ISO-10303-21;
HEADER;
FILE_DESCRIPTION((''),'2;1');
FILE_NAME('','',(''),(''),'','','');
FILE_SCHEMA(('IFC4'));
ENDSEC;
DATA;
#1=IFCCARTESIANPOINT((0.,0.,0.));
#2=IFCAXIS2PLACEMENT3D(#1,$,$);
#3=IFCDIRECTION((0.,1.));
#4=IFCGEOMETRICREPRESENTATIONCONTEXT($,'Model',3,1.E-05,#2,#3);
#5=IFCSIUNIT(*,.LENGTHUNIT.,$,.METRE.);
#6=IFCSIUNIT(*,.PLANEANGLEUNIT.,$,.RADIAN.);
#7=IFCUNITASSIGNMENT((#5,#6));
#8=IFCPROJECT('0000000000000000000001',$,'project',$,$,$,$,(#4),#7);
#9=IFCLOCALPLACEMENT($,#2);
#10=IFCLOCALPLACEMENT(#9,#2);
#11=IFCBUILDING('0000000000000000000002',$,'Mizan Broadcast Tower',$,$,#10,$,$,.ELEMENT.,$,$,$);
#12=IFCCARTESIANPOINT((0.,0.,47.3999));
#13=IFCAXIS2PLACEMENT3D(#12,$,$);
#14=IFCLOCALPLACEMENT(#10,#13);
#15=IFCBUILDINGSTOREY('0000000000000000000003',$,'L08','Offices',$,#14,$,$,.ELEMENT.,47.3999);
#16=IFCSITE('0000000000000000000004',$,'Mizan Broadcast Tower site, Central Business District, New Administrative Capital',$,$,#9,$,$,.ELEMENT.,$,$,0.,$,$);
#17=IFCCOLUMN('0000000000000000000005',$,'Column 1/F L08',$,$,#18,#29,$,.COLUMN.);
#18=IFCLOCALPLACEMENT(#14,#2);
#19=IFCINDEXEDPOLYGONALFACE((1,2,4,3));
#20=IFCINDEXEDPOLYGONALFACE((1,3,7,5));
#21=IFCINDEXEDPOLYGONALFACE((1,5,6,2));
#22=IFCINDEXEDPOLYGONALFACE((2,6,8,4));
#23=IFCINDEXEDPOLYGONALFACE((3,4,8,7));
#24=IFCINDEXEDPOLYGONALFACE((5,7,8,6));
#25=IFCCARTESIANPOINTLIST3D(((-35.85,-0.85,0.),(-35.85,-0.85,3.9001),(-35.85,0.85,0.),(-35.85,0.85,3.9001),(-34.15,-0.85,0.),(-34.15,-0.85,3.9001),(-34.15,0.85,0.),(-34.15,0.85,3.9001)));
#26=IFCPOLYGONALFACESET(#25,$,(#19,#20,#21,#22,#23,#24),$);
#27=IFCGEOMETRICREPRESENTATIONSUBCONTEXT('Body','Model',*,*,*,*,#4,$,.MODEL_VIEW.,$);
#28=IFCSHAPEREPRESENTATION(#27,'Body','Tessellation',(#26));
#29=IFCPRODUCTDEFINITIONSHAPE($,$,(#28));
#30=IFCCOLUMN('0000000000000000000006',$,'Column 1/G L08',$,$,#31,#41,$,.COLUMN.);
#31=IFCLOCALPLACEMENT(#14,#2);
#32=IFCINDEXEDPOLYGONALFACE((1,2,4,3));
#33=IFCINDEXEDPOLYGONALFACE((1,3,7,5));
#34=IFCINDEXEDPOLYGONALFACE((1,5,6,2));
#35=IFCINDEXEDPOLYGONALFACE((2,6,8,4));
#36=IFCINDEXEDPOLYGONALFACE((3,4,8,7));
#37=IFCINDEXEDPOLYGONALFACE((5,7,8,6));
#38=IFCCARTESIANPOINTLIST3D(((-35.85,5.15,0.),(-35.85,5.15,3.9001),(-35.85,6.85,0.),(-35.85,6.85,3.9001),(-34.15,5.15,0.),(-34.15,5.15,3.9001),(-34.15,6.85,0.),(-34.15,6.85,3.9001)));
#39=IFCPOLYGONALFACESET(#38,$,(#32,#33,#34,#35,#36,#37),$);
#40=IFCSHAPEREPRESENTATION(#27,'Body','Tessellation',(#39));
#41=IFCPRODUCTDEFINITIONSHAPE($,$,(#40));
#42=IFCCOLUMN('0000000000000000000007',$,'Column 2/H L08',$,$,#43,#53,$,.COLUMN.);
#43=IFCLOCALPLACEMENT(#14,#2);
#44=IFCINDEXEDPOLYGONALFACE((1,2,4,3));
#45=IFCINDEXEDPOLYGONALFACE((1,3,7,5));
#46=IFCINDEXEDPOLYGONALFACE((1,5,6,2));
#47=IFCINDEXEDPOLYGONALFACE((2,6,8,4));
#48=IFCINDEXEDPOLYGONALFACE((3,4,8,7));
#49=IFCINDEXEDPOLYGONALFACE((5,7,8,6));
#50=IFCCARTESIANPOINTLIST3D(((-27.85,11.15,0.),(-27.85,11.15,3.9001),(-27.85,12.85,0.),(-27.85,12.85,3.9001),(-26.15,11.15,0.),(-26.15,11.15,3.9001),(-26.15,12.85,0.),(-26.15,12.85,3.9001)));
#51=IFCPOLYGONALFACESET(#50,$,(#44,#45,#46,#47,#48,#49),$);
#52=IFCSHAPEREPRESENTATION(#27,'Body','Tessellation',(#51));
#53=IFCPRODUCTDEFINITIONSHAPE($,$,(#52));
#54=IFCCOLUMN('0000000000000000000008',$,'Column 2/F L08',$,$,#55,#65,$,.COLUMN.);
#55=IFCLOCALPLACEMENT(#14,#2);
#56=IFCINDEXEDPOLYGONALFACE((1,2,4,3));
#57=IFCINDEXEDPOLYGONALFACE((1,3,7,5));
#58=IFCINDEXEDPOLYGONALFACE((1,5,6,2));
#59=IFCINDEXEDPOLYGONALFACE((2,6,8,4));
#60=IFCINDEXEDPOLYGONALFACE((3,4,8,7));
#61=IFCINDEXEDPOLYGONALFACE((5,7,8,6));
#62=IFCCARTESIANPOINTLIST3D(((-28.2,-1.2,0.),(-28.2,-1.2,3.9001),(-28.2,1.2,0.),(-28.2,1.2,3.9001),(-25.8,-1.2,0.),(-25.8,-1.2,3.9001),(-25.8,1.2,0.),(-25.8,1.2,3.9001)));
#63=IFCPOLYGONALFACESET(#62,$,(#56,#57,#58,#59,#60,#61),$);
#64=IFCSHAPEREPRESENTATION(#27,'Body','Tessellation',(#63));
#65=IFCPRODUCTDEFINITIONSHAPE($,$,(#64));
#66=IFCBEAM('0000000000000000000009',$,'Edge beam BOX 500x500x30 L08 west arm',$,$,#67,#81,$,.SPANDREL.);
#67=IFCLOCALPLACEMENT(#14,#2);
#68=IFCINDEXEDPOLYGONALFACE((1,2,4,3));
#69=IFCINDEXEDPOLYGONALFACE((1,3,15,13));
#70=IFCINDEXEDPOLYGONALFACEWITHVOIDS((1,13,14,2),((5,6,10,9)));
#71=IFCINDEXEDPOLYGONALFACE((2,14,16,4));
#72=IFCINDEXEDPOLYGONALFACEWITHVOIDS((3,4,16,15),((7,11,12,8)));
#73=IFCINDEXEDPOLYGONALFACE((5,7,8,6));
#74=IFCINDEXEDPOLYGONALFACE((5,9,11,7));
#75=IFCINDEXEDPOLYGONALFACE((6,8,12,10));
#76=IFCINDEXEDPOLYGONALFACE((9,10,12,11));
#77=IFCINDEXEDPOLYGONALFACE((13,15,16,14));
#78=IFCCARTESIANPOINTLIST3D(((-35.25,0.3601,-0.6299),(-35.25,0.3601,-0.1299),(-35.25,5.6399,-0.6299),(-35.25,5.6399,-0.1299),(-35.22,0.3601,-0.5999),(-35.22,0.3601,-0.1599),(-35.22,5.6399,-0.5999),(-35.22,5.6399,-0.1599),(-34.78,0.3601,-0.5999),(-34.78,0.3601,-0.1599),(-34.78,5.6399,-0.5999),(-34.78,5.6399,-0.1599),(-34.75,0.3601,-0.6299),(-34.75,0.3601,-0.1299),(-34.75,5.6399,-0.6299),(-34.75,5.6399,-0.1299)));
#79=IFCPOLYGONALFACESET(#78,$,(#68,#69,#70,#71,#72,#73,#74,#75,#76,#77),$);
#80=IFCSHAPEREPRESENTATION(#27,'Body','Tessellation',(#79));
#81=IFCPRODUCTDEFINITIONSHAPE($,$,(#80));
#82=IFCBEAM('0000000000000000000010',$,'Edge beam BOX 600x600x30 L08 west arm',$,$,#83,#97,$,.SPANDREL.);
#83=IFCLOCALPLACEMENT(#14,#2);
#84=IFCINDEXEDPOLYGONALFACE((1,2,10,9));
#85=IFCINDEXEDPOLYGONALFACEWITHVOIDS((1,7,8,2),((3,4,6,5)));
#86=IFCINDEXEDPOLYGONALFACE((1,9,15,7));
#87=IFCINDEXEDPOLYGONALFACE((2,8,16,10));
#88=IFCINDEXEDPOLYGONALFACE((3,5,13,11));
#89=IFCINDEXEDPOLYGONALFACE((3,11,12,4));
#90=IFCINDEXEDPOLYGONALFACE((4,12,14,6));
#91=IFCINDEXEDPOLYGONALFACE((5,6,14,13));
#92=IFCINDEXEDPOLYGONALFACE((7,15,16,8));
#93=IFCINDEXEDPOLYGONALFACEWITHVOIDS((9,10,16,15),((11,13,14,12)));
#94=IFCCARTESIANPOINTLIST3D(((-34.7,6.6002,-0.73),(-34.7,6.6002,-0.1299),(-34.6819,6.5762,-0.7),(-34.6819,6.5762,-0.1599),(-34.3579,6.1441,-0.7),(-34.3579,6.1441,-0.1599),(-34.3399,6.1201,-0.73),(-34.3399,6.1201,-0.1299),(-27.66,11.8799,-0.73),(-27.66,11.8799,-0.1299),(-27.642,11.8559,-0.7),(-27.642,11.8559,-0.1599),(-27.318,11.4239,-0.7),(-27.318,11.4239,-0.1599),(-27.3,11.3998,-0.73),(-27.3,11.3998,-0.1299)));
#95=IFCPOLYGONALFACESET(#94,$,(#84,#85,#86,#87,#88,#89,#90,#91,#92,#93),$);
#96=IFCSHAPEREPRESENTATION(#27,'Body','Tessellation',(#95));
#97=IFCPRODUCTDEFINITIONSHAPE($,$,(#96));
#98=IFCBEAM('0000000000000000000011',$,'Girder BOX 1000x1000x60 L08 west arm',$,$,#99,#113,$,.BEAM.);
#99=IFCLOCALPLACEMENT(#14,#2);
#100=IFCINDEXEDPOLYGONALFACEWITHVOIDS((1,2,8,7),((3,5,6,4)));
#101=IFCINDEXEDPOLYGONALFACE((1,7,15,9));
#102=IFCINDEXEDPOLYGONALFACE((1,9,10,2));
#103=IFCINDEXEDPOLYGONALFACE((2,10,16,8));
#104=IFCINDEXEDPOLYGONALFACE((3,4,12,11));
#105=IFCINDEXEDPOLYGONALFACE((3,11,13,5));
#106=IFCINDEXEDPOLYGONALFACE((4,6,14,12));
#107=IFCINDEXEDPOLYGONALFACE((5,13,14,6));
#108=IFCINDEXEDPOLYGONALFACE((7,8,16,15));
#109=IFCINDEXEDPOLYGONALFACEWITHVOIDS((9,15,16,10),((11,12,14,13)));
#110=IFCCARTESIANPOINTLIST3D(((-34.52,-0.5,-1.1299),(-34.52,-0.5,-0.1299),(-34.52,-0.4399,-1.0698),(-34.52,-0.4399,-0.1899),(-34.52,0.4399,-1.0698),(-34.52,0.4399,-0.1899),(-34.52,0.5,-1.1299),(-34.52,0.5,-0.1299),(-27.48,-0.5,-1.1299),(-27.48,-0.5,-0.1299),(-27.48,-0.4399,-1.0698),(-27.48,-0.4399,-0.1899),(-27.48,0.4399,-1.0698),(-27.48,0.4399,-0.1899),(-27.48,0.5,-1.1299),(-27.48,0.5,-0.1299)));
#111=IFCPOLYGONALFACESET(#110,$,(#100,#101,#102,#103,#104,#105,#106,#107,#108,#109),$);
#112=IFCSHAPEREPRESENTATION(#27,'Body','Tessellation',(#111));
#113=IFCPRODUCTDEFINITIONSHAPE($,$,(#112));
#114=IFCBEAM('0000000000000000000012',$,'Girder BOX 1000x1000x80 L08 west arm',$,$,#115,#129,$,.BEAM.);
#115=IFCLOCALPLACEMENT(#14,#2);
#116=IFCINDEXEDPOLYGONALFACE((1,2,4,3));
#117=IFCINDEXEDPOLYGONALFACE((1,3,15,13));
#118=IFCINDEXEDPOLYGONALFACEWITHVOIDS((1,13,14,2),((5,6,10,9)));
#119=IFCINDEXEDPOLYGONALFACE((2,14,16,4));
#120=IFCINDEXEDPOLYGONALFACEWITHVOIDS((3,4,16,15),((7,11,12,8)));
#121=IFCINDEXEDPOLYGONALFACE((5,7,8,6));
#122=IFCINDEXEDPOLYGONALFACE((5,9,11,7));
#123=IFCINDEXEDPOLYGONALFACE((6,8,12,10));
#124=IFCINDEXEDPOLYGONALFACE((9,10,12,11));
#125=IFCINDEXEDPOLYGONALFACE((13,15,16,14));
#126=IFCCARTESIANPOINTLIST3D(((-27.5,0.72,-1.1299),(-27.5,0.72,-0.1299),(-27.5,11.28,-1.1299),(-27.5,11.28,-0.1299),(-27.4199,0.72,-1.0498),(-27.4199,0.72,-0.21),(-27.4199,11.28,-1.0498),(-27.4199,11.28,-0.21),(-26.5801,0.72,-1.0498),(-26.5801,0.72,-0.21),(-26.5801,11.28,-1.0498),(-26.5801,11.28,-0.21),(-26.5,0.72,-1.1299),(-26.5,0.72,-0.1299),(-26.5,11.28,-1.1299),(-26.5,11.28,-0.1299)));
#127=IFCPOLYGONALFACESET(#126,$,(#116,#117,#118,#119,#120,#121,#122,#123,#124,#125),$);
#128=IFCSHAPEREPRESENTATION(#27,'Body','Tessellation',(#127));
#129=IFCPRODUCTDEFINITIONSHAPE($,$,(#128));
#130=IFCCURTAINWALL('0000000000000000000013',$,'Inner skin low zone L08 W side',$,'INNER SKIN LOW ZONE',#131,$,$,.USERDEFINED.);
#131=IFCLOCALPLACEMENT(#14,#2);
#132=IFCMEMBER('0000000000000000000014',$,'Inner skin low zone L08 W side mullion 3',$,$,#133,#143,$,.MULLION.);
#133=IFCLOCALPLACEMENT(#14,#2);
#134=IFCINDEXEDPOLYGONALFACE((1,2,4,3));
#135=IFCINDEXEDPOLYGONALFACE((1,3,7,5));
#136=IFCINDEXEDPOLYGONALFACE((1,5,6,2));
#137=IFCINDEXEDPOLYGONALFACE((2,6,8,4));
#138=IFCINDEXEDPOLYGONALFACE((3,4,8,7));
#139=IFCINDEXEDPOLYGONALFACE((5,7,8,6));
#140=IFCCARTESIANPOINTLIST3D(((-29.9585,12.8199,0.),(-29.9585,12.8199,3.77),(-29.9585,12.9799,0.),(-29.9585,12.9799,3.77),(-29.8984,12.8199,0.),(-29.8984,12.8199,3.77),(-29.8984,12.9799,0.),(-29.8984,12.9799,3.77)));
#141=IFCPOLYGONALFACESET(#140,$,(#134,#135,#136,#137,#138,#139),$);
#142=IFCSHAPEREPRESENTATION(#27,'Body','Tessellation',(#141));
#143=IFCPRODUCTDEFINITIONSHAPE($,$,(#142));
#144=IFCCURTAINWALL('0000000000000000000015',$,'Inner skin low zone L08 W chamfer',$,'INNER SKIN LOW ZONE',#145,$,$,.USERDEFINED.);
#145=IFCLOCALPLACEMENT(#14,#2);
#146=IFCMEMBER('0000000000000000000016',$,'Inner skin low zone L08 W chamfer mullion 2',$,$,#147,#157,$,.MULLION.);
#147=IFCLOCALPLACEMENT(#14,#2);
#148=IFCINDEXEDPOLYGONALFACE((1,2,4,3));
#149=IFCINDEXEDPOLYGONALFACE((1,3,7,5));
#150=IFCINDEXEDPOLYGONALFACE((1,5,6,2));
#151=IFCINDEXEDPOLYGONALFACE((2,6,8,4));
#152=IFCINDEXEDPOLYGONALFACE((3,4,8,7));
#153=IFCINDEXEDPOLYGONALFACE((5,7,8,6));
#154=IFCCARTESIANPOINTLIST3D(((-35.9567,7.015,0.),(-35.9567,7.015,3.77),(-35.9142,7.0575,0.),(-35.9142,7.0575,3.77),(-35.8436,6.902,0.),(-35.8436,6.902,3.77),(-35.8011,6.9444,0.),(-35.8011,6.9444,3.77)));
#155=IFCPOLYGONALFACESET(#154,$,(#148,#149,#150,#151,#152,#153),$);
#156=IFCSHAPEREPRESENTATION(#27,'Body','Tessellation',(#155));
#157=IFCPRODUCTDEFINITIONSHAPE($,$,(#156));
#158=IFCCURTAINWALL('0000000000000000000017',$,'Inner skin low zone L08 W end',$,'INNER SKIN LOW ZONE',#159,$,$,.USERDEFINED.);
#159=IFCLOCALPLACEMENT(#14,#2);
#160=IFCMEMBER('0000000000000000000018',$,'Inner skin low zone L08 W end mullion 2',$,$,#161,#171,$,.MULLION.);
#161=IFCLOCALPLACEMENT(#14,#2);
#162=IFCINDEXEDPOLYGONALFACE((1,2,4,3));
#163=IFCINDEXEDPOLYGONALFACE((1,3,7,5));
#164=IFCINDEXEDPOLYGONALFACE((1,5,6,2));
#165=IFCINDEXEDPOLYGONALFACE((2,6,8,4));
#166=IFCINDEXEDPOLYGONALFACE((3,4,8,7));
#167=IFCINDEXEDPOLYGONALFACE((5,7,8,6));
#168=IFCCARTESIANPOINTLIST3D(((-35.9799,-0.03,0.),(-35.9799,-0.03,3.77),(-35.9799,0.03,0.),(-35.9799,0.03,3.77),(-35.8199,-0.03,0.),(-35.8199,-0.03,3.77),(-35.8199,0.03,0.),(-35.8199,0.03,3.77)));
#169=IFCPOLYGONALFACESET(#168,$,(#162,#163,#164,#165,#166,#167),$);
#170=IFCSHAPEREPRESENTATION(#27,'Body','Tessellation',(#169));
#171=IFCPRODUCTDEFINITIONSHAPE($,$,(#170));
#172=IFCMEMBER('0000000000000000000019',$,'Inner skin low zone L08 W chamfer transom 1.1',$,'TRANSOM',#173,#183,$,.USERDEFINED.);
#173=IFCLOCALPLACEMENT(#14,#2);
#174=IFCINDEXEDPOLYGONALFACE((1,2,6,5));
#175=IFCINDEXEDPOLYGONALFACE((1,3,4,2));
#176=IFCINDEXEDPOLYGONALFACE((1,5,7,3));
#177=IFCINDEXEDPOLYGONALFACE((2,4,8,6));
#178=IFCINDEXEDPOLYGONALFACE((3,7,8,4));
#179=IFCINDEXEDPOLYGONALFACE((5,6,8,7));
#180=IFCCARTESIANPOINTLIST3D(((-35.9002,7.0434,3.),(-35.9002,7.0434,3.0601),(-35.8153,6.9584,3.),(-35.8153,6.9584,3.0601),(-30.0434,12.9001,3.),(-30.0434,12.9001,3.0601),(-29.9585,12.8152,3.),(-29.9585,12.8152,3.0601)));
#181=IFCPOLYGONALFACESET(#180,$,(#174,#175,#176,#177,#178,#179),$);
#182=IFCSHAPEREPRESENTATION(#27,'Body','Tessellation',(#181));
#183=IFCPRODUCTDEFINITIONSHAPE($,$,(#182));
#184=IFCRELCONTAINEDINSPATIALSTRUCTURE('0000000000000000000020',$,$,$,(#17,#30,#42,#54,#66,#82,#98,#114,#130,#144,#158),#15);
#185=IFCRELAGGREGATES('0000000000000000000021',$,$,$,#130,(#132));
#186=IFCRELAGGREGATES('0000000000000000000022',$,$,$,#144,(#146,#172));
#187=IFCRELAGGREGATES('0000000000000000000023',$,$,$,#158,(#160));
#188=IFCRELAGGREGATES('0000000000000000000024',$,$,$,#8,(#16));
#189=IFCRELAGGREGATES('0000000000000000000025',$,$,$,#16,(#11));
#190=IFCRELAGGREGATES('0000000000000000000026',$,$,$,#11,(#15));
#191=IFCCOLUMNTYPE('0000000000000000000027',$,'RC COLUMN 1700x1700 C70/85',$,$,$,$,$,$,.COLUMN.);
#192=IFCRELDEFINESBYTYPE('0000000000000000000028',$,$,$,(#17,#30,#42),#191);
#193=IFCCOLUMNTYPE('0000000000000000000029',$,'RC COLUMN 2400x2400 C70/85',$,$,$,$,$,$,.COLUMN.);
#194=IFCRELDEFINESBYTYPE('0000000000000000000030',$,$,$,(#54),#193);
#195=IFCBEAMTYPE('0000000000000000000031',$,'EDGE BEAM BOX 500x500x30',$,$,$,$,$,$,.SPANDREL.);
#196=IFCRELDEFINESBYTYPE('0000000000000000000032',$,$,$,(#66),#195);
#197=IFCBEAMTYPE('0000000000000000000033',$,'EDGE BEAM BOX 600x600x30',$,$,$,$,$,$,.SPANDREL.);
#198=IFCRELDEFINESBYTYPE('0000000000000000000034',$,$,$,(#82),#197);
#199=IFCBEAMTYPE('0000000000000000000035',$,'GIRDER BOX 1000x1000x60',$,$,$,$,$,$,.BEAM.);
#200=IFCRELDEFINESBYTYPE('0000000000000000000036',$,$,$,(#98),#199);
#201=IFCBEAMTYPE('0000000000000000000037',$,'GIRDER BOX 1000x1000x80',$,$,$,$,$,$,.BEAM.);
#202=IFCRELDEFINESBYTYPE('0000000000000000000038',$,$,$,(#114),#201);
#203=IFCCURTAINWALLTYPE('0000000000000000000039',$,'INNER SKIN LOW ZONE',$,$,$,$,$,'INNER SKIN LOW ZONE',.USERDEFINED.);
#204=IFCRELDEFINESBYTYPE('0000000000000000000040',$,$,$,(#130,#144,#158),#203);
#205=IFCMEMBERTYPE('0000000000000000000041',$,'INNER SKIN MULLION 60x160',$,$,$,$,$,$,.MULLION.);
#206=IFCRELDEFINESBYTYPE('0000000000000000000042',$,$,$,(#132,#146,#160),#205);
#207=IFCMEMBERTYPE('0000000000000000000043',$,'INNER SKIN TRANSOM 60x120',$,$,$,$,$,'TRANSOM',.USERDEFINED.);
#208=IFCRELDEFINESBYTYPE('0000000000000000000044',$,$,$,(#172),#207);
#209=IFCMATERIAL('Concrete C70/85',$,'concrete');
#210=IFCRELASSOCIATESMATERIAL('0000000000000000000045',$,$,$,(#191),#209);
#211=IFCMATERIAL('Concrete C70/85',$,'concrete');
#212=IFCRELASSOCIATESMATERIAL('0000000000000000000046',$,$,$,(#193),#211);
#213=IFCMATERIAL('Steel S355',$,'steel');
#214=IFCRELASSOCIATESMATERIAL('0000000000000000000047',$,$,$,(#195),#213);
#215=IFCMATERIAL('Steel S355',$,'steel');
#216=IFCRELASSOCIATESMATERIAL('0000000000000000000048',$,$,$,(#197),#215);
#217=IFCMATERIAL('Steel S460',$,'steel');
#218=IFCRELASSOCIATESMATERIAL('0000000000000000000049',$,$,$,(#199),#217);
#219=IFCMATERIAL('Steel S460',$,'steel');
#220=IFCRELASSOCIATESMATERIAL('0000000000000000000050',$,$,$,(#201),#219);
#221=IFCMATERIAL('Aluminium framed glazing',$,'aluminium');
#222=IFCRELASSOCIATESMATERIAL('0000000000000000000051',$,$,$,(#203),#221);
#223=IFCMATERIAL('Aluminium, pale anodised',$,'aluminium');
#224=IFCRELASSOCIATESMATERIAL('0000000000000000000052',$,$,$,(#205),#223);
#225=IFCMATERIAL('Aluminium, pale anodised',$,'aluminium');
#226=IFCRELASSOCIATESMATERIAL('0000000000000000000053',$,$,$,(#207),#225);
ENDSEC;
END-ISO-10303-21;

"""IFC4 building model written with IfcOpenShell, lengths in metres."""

from ifc_helpers import new_model, si_unit, direction, frame, origin, origin_2d, place, context, subcontext, project, spatial, rectangle, hollow_rectangle, extrude, material, material_profile, profile_set, type_object, element, aggregate, save


model = new_model("IFC4")

# Units and contexts
model_context = context("Model", 3, precision=1e-05, world=origin(), true_north=direction((0.0, 1.0)))
body_context = subcontext(model_context, "Body", "Model", "MODEL_VIEW")
ifc_project = project(units=[si_unit("LENGTHUNIT", "METRE"), si_unit("PLANEANGLEUNIT", "RADIAN")], contexts=[model_context])

# Site, building, storey
site_placement = place(None, origin())
site = spatial("IfcSite", under=ifc_project, at=site_placement, Name="Mizan Broadcast Tower site, Central Business District, New Administrative Capital", CompositionType="ELEMENT", RefElevation=0.0)
building_placement = place(site_placement, origin())
building = spatial("IfcBuilding", under=site, at=building_placement, Name="Mizan Broadcast Tower", CompositionType="ELEMENT")
storey_placement = place(building_placement, frame((0.0, 0.0, 47.3999)))
storey = spatial("IfcBuildingStorey", under=building, at=storey_placement, Name="L08", Description="Offices", CompositionType="ELEMENT", Elevation=47.3999)

# Columns
ifc_material_1 = material(Name="Concrete C70/85", Category="concrete")
ifc_material_profile_1 = material_profile(ifc_material_1, rectangle(XDim=1.7, YDim=1.7, at=origin_2d()), Name="RC 1700x1700")
ifc_profile_set_1 = profile_set([ifc_material_profile_1], Name="Concrete C70/85")
column_type_1 = type_object("IfcColumnType", Name="RC COLUMN 1700x1700 C70/85", PredefinedType="COLUMN", material=ifc_profile_set_1)
for number, where, z_axis, x_axis, name in (
    (1, (-35.0, 0.0, 0.0), (0.0, 0.0, 1.0), (1.0, 0.0, 0.0), "Column 1/F L08"),
    (2, (-35.0, 6.0, 0.0), (0.0, 0.0, 1.0), (1.0, 0.0, 0.0), "Column 1/G L08"),
    (3, (-27.0, 12.0, 0.0), (0.0, 0.0, 1.0), (1.0, 0.0, 0.0), "Column 2/H L08"),
):
    element("IfcColumn", number, at=place(storey_placement, frame(where, z_axis=z_axis, x_axis=x_axis)), inside=storey, type_object=column_type_1, Name=name, PredefinedType="COLUMN", context=body_context, shape_type="SweptSolid", body=[
        extrude(rectangle(XDim=1.7, YDim=1.7, at=origin_2d()), origin(), (0.0, 0.0, 1.0), 3.9001),
    ])
ifc_material_2 = material(Name="Concrete C70/85", Category="concrete")
ifc_material_profile_2 = material_profile(ifc_material_2, rectangle(XDim=2.3999, YDim=2.3999, at=origin_2d()), Name="RC 2400x2400")
ifc_profile_set_2 = profile_set([ifc_material_profile_2], Name="Concrete C70/85")
column_type_2 = type_object("IfcColumnType", Name="RC COLUMN 2400x2400 C70/85", PredefinedType="COLUMN", material=ifc_profile_set_2)
column_placement = place(storey_placement, frame((-27.0, 0.0, 0.0), z_axis=(0.0, 0.0, 1.0), x_axis=(1.0, 0.0, 0.0)))
element("IfcColumn", 4, at=column_placement, inside=storey, type_object=column_type_2, Name="Column 2/F L08", PredefinedType="COLUMN", context=body_context, shape_type="SweptSolid", body=[
    extrude(rectangle(XDim=2.3999, YDim=2.3999, at=origin_2d()), origin(), (0.0, 0.0, 1.0), 3.9001),
])

# Beams
ifc_material_3 = material(Name="Steel S355", Category="steel")
ifc_material_profile_3 = material_profile(ifc_material_3, hollow_rectangle(XDim=0.5, YDim=0.5, WallThickness=0.03, at=origin_2d()), Name="BOX 500x500x30")
ifc_profile_set_3 = profile_set([ifc_material_profile_3], Name="Steel S355")
beam_type_1 = type_object("IfcBeamType", Name="EDGE BEAM BOX 500x500x30", PredefinedType="SPANDREL", material=ifc_profile_set_3)
beam_1_placement = place(storey_placement, frame((-35.0, 5.6399, -0.3799), z_axis=(0.0, -1.0, 0.0), x_axis=(1.0, 0.0, 0.0)))
element("IfcBeam", 5, at=beam_1_placement, inside=storey, type_object=beam_type_1, Name="Edge beam BOX 500x500x30 L08 west arm", PredefinedType="SPANDREL", context=body_context, shape_type="SweptSolid", body=[
    extrude(hollow_rectangle(XDim=0.5, YDim=0.5, WallThickness=0.03, at=origin_2d()), origin(), (0.0, 0.0, 1.0), 5.2798),
])
ifc_material_4 = material(Name="Steel S355", Category="steel")
ifc_material_profile_4 = material_profile(ifc_material_4, hollow_rectangle(XDim=0.6001, YDim=0.6001, WallThickness=0.03, at=origin_2d()), Name="BOX 600x600x30")
ifc_profile_set_4 = profile_set([ifc_material_profile_4], Name="Steel S355")
beam_type_2 = type_object("IfcBeamType", Name="EDGE BEAM BOX 600x600x30", PredefinedType="SPANDREL", material=ifc_profile_set_4)
beam_2_placement = place(storey_placement, frame((-27.48, 11.6399, -0.4299), z_axis=(-0.800013, -0.599982, 0.0), x_axis=(0.599982, -0.800013, 0.0)))
element("IfcBeam", 6, at=beam_2_placement, inside=storey, type_object=beam_type_2, Name="Edge beam BOX 600x600x30 L08 west arm", PredefinedType="SPANDREL", context=body_context, shape_type="SweptSolid", body=[
    extrude(hollow_rectangle(XDim=0.6001, YDim=0.6001, WallThickness=0.03, at=origin_2d()), origin(), (0.0, 0.0, 1.0), 8.7998),
])
ifc_material_5 = material(Name="Steel S460", Category="steel")
ifc_material_profile_5 = material_profile(ifc_material_5, hollow_rectangle(XDim=1.0, YDim=1.0, WallThickness=0.0601, at=origin_2d()), Name="BOX 1000x1000x60")
ifc_profile_set_5 = profile_set([ifc_material_profile_5], Name="Steel S460")
beam_type_3 = type_object("IfcBeamType", Name="GIRDER BOX 1000x1000x60", PredefinedType="BEAM", material=ifc_profile_set_5)
beam_3_placement = place(storey_placement, frame((-27.48, 0.0, -0.6299), z_axis=(-1.0, 0.0, 0.0), x_axis=(0.0, -1.0, 0.0)))
element("IfcBeam", 7, at=beam_3_placement, inside=storey, type_object=beam_type_3, Name="Girder BOX 1000x1000x60 L08 west arm", PredefinedType="BEAM", context=body_context, shape_type="SweptSolid", body=[
    extrude(hollow_rectangle(XDim=1.0, YDim=1.0, WallThickness=0.0601, at=origin_2d()), origin(), (0.0, 0.0, 1.0), 7.04),
])
ifc_material_6 = material(Name="Steel S460", Category="steel")
ifc_material_profile_6 = material_profile(ifc_material_6, hollow_rectangle(XDim=1.0, YDim=1.0, WallThickness=0.0801, at=origin_2d()), Name="BOX 1000x1000x80")
ifc_profile_set_6 = profile_set([ifc_material_profile_6], Name="Steel S460")
beam_type_4 = type_object("IfcBeamType", Name="GIRDER BOX 1000x1000x80", PredefinedType="BEAM", material=ifc_profile_set_6)
beam_4_placement = place(storey_placement, frame((-27.0, 11.28, -0.6299), z_axis=(0.0, -1.0, 0.0), x_axis=(1.0, 0.0, 0.0)))
element("IfcBeam", 8, at=beam_4_placement, inside=storey, type_object=beam_type_4, Name="Girder BOX 1000x1000x80 L08 west arm", PredefinedType="BEAM", context=body_context, shape_type="SweptSolid", body=[
    extrude(hollow_rectangle(XDim=1.0, YDim=1.0, WallThickness=0.0801, at=origin_2d()), origin(), (0.0, 0.0, 1.0), 10.5601),
])

# Curtain walls, members
ifc_material_7 = material(Name="Aluminium framed glazing", Category="aluminium")
curtain_wall_type_1 = type_object("IfcCurtainWallType", Name="INNER SKIN LOW ZONE", ElementType="INNER SKIN LOW ZONE", PredefinedType="USERDEFINED", material=ifc_material_7)
curtain_wall_1_placement = place(storey_placement, origin())
curtain_wall_1 = element("IfcCurtainWall", 9, at=curtain_wall_1_placement, inside=storey, type_object=curtain_wall_type_1, Name="Inner skin low zone L08 W side", ObjectType="INNER SKIN LOW ZONE", PredefinedType="USERDEFINED")
ifc_material_8 = material(Name="Aluminium, pale anodised", Category="aluminium")
ifc_material_profile_7 = material_profile(ifc_material_8, rectangle(XDim=0.1599, YDim=0.0601, at=origin_2d()), Name="MULLION 160x60")
ifc_profile_set_7 = profile_set([ifc_material_profile_7], Name="Aluminium, pale anodised")
member_type_1 = type_object("IfcMemberType", Name="INNER SKIN MULLION 60x160", PredefinedType="MULLION", material=ifc_profile_set_7)
member_1_placement = place(storey_placement, frame((-29.9285, 12.8999, 0.0), z_axis=(0.0, 0.0, 1.0), x_axis=(0.0, -1.0, 0.0)))
member_1 = element("IfcMember", 10, at=member_1_placement, type_object=member_type_1, Name="Inner skin low zone L08 W side mullion 3", PredefinedType="MULLION", context=body_context, shape_type="SweptSolid", body=[
    extrude(rectangle(XDim=0.1599, YDim=0.0601, at=origin_2d()), origin(), (0.0, 0.0, 1.0), 3.77),
])
curtain_wall_2_placement = place(storey_placement, origin())
curtain_wall_2 = element("IfcCurtainWall", 11, at=curtain_wall_2_placement, inside=storey, type_object=curtain_wall_type_1, Name="Inner skin low zone L08 W chamfer", ObjectType="INNER SKIN LOW ZONE", PredefinedType="USERDEFINED")
member_2_placement = place(storey_placement, frame((-35.8789, 6.9797, 0.0), z_axis=(0.0, 0.0, 1.0), x_axis=(0.707107, -0.707107, 0.0)))
member_2 = element("IfcMember", 12, at=member_2_placement, type_object=member_type_1, Name="Inner skin low zone L08 W chamfer mullion 2", PredefinedType="MULLION", context=body_context, shape_type="SweptSolid", body=[
    extrude(rectangle(XDim=0.1599, YDim=0.0601, at=origin_2d()), origin(), (0.0, 0.0, 1.0), 3.77),
])
curtain_wall_3_placement = place(storey_placement, origin())
curtain_wall_3 = element("IfcCurtainWall", 13, at=curtain_wall_3_placement, inside=storey, type_object=curtain_wall_type_1, Name="Inner skin low zone L08 W end", ObjectType="INNER SKIN LOW ZONE", PredefinedType="USERDEFINED")
member_3_placement = place(storey_placement, frame((-35.8999, 0.0, 0.0), z_axis=(0.0, 0.0, 1.0), x_axis=(1.0, 0.0, 0.0)))
member_3 = element("IfcMember", 14, at=member_3_placement, type_object=member_type_1, Name="Inner skin low zone L08 W end mullion 2", PredefinedType="MULLION", context=body_context, shape_type="SweptSolid", body=[
    extrude(rectangle(XDim=0.1599, YDim=0.0601, at=origin_2d()), origin(), (0.0, 0.0, 1.0), 3.77),
])

# Member
ifc_material_9 = material(Name="Aluminium, pale anodised", Category="aluminium")
ifc_material_profile_8 = material_profile(ifc_material_9, rectangle(XDim=0.1201, YDim=0.0601, at=origin_2d()), Name="TRANSOM 120x60")
ifc_profile_set_8 = profile_set([ifc_material_profile_8], Name="Aluminium, pale anodised")
member_type_2 = type_object("IfcMemberType", Name="INNER SKIN TRANSOM 60x120", ElementType="TRANSOM", PredefinedType="USERDEFINED", material=ifc_profile_set_8)
member_4_placement = place(storey_placement, frame((-30.001, 12.8577, 3.03), z_axis=(-0.707107, -0.707107, 0.0), x_axis=(0.707107, -0.707107, 0.0)))
member_4 = element("IfcMember", 15, at=member_4_placement, type_object=member_type_2, Name="Inner skin low zone L08 W chamfer transom 1.1", ObjectType="TRANSOM", PredefinedType="USERDEFINED", context=body_context, shape_type="SweptSolid", body=[
    extrude(rectangle(XDim=0.1201, YDim=0.0601, at=origin_2d()), origin(), (0.0, 0.0, 1.0), 8.2827),
])

aggregate(curtain_wall_1, [member_1])
aggregate(curtain_wall_2, [member_2, member_4])
aggregate(curtain_wall_3, [member_3])

save(model, "model.ifc")
